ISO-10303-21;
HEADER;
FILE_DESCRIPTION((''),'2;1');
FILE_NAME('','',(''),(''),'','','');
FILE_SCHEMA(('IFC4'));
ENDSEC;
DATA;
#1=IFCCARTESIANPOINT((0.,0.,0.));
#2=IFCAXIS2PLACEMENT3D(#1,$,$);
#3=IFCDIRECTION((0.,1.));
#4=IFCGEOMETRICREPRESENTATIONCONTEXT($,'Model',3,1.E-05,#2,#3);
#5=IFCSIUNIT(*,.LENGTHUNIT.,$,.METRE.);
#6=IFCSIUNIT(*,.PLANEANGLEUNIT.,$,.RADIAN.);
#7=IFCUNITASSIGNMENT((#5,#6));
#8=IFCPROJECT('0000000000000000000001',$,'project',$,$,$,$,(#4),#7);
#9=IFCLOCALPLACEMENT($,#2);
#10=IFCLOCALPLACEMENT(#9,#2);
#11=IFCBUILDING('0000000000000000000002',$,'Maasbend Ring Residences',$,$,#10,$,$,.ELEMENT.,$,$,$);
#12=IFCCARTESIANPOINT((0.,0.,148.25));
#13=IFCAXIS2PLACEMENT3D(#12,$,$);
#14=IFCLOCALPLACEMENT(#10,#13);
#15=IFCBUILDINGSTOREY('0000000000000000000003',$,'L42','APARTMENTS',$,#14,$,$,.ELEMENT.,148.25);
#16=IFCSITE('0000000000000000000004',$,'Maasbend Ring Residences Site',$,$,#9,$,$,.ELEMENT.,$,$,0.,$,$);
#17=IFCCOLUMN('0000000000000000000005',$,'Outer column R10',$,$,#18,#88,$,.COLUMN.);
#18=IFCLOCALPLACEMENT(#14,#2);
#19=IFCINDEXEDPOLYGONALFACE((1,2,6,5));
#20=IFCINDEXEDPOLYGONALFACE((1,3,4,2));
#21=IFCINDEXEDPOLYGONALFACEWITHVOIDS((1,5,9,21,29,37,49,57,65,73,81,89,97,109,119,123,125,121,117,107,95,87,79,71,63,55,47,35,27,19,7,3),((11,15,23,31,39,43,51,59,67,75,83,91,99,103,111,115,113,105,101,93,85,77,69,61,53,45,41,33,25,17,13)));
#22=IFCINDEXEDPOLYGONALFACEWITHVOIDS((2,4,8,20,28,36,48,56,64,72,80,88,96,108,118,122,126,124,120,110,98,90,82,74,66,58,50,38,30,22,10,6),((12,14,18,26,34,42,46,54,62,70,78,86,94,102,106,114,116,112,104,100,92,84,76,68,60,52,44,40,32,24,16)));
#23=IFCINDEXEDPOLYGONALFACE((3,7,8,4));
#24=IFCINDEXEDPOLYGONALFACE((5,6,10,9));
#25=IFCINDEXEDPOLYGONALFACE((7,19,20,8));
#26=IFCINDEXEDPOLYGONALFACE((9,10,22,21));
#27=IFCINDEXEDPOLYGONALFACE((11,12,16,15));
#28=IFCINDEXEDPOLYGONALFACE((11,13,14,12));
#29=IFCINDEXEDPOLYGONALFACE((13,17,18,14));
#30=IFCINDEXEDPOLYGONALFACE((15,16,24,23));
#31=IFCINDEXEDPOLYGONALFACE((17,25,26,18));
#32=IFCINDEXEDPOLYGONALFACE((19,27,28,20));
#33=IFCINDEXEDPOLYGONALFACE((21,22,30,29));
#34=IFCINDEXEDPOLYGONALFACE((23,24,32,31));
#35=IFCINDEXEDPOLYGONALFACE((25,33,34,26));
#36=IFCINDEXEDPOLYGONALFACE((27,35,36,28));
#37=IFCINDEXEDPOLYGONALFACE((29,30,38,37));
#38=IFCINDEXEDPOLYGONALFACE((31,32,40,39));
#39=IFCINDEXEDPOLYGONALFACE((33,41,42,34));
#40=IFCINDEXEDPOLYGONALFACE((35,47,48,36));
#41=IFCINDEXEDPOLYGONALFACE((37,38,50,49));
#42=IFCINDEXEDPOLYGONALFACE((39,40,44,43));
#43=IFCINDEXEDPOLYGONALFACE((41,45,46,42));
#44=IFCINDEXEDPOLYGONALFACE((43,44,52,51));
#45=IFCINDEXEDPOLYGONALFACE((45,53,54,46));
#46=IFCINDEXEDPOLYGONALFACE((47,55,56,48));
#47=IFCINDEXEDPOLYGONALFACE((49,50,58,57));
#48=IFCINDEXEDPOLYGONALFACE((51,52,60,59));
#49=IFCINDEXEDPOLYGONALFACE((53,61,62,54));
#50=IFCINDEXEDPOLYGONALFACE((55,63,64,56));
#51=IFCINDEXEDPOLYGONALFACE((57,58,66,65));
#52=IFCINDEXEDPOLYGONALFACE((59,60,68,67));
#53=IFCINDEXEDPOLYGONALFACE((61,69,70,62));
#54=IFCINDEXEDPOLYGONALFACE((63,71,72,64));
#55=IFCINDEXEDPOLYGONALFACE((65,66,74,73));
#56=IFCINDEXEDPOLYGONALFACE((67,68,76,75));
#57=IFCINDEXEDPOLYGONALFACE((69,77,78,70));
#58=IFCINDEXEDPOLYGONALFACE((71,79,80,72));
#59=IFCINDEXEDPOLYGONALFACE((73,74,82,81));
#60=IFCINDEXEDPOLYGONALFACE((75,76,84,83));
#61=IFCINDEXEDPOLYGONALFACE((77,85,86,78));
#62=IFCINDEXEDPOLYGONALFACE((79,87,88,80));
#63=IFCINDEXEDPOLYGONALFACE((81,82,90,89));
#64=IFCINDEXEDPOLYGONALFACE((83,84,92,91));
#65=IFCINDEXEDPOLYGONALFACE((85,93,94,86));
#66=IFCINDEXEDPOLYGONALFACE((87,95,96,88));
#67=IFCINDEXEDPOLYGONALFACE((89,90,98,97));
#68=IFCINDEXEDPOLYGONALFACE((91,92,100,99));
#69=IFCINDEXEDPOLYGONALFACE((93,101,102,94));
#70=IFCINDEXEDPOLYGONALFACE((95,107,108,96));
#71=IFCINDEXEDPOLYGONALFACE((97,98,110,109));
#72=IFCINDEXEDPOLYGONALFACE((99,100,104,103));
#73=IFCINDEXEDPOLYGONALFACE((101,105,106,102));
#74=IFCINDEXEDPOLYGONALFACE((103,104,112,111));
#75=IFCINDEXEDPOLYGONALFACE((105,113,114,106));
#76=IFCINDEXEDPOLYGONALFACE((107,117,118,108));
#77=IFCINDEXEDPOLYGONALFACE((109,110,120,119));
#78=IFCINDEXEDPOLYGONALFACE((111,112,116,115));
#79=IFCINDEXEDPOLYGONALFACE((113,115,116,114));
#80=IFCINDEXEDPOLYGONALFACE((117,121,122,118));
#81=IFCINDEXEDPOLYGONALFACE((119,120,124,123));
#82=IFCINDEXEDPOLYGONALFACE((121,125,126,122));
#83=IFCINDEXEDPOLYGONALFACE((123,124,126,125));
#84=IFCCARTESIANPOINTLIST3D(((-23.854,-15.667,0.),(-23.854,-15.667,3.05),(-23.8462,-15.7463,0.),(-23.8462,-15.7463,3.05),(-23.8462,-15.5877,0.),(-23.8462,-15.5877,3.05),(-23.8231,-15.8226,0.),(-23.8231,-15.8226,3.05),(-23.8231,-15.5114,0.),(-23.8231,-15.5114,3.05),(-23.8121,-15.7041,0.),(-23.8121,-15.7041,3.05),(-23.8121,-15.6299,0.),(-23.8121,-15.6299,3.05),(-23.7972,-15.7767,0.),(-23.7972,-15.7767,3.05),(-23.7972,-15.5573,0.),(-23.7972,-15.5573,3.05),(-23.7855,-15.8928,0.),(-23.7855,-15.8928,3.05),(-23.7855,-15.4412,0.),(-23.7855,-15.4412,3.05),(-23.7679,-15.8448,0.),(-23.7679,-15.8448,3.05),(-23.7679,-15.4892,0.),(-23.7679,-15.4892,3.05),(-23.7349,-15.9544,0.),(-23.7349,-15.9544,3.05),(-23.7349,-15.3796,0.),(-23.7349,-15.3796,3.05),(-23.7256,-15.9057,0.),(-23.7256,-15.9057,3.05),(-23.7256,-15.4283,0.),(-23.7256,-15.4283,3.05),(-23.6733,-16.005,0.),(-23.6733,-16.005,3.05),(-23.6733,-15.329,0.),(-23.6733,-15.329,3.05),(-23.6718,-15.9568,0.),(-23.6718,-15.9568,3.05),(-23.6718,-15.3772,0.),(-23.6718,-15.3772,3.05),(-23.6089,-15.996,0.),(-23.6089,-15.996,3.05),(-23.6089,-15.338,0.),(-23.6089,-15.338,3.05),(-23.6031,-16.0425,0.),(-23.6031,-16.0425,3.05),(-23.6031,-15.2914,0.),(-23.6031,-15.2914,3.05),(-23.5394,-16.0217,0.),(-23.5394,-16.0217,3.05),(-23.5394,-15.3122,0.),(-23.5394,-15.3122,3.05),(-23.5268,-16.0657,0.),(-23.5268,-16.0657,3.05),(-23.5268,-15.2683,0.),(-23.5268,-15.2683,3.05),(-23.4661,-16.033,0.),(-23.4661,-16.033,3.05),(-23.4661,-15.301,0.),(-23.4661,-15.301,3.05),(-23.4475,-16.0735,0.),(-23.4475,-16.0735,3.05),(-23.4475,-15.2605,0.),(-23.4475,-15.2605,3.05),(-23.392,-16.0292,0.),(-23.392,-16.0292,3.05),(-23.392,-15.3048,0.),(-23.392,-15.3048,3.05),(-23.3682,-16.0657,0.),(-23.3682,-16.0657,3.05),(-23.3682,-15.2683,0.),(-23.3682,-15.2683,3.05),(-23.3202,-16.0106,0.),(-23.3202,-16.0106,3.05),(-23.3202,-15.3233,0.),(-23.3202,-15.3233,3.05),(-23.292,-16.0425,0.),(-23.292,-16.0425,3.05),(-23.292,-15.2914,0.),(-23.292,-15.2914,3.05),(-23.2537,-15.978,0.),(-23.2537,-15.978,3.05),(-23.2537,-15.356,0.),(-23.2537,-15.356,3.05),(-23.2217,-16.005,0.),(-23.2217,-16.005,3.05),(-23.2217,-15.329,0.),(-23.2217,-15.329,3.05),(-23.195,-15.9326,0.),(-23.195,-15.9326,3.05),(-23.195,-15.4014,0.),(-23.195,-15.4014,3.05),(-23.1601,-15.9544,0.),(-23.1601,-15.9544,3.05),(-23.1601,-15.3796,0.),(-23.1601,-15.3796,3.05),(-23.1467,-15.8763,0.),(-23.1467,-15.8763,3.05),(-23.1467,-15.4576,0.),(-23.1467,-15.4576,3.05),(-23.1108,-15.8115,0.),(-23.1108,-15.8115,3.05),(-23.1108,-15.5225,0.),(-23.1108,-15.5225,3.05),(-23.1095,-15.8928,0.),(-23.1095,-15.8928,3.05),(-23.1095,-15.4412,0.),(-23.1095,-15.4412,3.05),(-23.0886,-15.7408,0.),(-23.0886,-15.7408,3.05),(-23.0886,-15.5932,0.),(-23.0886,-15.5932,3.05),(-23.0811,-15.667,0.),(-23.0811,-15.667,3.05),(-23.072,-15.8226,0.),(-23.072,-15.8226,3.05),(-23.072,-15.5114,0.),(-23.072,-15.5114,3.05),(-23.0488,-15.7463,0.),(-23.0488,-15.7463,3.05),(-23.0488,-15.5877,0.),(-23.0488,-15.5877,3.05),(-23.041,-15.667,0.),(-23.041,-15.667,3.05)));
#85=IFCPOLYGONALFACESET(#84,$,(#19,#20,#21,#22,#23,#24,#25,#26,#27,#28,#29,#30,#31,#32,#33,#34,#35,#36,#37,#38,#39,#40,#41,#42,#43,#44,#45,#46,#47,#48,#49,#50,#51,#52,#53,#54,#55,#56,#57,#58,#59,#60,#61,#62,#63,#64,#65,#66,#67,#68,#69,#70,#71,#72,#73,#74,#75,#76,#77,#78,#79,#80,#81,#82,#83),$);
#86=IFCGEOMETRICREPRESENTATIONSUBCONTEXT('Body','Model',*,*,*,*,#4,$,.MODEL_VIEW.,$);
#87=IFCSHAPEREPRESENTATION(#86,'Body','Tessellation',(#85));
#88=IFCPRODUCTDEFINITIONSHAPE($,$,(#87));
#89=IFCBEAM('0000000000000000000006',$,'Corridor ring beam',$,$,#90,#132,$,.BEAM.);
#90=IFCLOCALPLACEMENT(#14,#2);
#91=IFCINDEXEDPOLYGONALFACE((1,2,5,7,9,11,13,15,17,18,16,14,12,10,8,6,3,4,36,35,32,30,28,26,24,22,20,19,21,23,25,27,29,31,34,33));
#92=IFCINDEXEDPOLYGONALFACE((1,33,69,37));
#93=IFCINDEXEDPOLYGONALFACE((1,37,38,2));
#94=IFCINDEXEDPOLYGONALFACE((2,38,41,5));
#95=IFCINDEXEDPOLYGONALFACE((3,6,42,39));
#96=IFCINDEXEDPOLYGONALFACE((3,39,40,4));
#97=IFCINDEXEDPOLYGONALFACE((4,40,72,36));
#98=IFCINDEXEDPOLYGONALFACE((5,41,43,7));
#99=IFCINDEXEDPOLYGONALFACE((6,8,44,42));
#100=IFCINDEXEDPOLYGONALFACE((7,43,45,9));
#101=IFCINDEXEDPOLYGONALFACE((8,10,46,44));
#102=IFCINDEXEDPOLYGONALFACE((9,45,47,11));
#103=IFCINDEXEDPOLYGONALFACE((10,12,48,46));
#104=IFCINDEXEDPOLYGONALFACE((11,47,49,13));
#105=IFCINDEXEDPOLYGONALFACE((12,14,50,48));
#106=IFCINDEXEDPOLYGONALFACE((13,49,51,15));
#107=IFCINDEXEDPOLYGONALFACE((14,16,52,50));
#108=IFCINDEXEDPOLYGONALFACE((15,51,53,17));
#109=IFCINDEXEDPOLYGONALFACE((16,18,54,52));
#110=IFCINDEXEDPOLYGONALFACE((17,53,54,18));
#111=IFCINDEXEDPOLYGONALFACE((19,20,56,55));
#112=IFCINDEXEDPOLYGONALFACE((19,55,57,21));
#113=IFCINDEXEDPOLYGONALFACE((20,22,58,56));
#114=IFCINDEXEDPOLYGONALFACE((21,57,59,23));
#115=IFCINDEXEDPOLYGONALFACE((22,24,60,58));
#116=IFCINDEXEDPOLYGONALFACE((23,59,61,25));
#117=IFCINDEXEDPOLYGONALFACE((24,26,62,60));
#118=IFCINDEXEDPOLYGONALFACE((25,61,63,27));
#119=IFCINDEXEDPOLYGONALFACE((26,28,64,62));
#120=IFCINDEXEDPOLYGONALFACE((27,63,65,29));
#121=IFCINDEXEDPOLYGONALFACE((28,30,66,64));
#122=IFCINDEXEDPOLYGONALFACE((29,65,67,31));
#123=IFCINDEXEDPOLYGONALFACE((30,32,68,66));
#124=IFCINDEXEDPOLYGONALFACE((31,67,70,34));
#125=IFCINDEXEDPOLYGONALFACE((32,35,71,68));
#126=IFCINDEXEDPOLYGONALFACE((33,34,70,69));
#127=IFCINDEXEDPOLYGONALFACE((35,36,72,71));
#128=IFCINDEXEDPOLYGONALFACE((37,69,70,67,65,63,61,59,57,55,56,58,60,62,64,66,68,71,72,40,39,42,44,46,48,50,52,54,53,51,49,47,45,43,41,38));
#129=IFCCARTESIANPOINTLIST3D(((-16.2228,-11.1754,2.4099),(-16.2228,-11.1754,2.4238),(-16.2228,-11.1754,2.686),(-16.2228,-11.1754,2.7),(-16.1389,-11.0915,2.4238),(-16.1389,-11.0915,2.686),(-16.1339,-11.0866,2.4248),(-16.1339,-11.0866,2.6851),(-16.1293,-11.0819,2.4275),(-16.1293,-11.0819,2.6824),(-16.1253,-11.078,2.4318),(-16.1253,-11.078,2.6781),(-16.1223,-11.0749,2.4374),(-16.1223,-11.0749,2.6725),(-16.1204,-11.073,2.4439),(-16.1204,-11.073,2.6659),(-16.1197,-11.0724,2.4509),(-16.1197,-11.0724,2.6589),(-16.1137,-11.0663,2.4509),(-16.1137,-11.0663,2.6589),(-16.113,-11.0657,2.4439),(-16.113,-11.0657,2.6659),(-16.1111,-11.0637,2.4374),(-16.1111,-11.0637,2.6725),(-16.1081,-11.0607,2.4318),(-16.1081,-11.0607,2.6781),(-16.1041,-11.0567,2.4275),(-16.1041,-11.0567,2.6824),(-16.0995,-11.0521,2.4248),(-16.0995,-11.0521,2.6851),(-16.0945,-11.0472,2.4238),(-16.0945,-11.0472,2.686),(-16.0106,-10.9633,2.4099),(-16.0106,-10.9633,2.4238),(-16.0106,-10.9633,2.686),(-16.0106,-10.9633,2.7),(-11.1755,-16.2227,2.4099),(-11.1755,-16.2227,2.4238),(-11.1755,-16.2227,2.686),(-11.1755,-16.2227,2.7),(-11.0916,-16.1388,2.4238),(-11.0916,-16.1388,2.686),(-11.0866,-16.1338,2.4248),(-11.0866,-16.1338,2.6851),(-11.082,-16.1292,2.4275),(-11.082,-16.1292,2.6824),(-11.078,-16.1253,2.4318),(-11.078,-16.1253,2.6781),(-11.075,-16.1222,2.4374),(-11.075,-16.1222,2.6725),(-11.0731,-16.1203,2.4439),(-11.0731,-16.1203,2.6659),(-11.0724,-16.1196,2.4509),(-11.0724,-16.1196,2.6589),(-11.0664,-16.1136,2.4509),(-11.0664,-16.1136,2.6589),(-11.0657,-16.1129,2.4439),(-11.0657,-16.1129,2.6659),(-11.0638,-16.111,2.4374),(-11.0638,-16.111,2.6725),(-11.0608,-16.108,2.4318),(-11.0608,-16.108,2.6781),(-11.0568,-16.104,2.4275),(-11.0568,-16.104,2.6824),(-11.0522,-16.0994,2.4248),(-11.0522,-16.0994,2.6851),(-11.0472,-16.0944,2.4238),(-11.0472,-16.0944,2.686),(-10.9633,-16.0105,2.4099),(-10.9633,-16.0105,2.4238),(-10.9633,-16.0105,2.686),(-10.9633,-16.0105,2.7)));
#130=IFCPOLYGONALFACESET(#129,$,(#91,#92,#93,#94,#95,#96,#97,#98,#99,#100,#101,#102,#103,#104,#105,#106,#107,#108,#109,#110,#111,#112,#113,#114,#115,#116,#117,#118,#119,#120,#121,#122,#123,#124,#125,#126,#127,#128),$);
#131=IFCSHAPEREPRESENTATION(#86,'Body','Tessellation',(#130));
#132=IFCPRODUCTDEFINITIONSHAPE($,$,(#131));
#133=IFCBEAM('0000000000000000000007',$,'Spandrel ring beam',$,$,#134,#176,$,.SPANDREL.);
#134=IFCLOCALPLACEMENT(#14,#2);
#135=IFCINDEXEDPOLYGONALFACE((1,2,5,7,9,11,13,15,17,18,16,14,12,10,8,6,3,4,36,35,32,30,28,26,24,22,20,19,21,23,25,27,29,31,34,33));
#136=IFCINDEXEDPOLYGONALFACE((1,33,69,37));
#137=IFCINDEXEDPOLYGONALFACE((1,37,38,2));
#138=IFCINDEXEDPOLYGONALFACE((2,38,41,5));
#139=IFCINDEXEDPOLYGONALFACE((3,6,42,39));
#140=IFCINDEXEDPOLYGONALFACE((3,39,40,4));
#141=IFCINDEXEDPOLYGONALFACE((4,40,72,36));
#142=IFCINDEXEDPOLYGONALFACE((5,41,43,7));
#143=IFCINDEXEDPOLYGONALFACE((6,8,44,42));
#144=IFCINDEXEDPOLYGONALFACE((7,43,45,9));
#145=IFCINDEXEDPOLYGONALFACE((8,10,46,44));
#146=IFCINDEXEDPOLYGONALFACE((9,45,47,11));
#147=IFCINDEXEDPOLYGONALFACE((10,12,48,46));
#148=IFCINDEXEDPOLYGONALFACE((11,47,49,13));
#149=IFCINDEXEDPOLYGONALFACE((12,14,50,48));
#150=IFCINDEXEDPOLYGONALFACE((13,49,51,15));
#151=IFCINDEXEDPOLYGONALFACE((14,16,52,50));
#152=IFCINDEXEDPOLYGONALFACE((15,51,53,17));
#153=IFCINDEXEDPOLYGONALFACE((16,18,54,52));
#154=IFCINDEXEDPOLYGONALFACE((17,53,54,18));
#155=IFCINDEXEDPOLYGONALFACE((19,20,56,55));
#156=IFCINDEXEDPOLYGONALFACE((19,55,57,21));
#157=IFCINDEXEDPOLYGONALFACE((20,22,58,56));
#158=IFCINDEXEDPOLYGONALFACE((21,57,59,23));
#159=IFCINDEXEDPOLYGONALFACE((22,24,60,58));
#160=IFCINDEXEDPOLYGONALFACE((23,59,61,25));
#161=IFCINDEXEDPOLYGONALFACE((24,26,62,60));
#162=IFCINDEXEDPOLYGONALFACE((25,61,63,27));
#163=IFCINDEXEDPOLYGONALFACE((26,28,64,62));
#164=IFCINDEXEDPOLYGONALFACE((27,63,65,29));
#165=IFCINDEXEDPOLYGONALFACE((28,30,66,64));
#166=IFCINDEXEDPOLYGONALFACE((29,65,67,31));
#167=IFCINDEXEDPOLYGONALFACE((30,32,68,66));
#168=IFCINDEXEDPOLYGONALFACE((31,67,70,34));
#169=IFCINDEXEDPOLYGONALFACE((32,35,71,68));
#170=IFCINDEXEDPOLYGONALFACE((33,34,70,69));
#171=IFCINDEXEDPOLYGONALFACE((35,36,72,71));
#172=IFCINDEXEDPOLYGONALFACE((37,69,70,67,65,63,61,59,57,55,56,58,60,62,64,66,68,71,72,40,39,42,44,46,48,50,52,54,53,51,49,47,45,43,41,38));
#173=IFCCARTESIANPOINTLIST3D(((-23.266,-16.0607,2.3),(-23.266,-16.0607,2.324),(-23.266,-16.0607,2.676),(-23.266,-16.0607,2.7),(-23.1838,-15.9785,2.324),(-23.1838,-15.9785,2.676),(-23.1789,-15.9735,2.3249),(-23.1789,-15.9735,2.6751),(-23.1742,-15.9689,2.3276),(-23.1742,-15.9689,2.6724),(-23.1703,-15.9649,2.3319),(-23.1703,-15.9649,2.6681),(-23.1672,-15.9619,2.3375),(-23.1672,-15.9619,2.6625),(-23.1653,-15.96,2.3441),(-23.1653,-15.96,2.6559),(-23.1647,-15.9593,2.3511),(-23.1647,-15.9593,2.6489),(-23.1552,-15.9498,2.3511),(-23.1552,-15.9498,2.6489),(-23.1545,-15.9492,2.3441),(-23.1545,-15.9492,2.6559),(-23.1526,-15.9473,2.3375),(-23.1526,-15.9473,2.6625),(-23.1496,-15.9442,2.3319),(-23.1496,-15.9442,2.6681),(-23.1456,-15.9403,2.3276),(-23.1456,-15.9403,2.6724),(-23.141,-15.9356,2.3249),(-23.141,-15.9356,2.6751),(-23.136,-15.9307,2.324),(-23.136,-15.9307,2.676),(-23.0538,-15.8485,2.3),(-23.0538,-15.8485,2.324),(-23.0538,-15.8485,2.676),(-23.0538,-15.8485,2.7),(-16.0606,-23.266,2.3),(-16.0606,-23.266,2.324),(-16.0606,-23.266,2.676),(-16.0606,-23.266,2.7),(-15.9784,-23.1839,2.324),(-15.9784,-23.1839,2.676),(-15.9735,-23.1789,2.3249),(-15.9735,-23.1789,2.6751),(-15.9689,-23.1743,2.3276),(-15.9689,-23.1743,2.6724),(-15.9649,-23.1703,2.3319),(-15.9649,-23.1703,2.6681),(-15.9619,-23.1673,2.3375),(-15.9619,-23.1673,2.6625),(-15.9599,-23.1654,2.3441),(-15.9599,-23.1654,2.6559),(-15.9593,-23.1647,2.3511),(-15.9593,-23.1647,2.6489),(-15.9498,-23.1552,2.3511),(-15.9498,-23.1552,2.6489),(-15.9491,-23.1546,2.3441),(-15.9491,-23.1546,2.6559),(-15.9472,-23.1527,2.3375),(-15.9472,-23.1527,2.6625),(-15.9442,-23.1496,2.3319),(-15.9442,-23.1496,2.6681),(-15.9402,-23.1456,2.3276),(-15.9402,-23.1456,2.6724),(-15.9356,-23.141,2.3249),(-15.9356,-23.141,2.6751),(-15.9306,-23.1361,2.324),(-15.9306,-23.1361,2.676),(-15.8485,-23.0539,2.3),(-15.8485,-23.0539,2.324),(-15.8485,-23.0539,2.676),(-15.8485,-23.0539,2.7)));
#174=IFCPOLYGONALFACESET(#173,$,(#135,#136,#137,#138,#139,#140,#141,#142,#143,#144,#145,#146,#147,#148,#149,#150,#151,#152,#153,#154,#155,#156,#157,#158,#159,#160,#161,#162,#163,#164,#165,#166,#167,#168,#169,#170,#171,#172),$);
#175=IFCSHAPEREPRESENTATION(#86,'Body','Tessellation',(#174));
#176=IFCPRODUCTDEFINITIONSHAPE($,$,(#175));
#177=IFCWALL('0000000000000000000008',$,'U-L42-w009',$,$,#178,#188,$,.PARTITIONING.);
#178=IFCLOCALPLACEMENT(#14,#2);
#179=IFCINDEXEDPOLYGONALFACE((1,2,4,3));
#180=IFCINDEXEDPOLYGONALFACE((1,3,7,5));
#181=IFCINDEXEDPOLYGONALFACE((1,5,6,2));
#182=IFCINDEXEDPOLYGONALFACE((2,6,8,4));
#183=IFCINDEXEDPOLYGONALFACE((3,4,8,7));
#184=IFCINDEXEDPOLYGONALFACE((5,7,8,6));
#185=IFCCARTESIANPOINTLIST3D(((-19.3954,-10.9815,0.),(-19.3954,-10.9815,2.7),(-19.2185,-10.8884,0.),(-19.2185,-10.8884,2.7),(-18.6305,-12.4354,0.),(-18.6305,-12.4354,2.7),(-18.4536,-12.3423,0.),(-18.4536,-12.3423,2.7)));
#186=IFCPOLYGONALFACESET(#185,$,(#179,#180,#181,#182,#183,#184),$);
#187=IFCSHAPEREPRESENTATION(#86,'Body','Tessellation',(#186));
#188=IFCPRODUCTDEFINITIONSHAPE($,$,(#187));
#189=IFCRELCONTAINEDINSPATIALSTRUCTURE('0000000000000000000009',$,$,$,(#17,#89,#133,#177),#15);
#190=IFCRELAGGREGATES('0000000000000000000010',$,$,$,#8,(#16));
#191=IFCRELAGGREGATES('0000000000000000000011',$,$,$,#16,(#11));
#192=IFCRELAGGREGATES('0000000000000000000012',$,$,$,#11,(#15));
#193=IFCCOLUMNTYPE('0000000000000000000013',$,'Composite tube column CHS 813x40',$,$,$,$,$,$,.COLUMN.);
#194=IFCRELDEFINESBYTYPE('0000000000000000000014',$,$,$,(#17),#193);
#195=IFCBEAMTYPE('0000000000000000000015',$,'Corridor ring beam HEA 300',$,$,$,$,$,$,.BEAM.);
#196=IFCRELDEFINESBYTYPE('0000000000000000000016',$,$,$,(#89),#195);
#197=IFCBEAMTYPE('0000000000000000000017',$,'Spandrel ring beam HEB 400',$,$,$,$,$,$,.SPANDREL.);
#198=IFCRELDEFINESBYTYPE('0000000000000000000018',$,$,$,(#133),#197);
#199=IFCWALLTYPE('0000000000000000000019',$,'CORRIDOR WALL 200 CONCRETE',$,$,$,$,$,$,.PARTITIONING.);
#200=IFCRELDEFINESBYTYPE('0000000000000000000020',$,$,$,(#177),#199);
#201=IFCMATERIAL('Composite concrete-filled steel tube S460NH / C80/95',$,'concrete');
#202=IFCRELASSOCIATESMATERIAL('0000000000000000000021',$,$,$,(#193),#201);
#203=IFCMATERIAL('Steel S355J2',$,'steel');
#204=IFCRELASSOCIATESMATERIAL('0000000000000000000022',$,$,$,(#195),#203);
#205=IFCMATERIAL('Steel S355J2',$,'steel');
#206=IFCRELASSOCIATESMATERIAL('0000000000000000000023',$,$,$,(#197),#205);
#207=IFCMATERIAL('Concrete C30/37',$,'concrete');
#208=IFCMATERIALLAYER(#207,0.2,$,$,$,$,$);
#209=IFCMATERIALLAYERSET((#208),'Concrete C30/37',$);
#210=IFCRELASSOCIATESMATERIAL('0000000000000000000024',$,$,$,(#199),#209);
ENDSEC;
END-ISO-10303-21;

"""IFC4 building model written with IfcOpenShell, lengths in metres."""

from ifc_helpers import new_model, si_unit, direction, frame, frame_2d, origin, origin_2d, place, context, subcontext, project, spatial, rectangle, hollow_circle, i_section, extrude, material, layer, layer_set, material_profile, profile_set, type_object, element, save


model = new_model("IFC4")

# Units and contexts
model_context = context("Model", 3, precision=1e-05, world=origin(), true_north=direction((0.0, 1.0)))
body_context = subcontext(model_context, "Body", "Model", "MODEL_VIEW")
ifc_project = project(units=[si_unit("LENGTHUNIT", "METRE"), si_unit("PLANEANGLEUNIT", "RADIAN")], contexts=[model_context])

# Site, building, storey
site_placement = place(None, origin())
site = spatial("IfcSite", under=ifc_project, at=site_placement, Name="Maasbend Ring Residences Site", CompositionType="ELEMENT", RefElevation=0.0)
building_placement = place(site_placement, origin())
building = spatial("IfcBuilding", under=site, at=building_placement, Name="Maasbend Ring Residences", CompositionType="ELEMENT")
storey_placement = place(building_placement, frame((0.0, 0.0, 148.25)))
storey = spatial("IfcBuildingStorey", under=building, at=storey_placement, Name="L42", Description="APARTMENTS", CompositionType="ELEMENT", Elevation=148.25)

# Column
ifc_material_1 = material(Name="Composite concrete-filled steel tube S460NH / C80/95", Category="concrete")
ifc_material_profile_1 = material_profile(ifc_material_1, hollow_circle(Radius=0.4065, WallThickness=0.04, at=origin_2d()), Name="Composite tube column CHS 813x40")
ifc_profile_set_1 = profile_set([ifc_material_profile_1], Name="Composite concrete-filled steel tube S460NH / C80/95")
column_type = type_object("IfcColumnType", Name="Composite tube column CHS 813x40", PredefinedType="COLUMN", material=ifc_profile_set_1)
column_placement = place(storey_placement, frame((-23.4475, -15.667, 0.0), z_axis=(0.0, 0.0, 1.0), x_axis=(1.0, 0.0, 0.0)))
element("IfcColumn", 1, at=column_placement, inside=storey, type_object=column_type, Name="Outer column R10", PredefinedType="COLUMN", context=body_context, shape_type="SweptSolid", body=[
    extrude(hollow_circle(Radius=0.4065, WallThickness=0.04, at=origin_2d()), origin(), (0.0, 0.0, 1.0), 3.05),
])

# Beams
ifc_material_2 = material(Name="Steel S355J2", Category="steel")
ifc_material_profile_2 = material_profile(ifc_material_2, i_section(OverallWidth=0.3, OverallDepth=0.29, WebThickness=0.0085, FlangeThickness=0.0139, FilletRadius=0.0271, at=origin_2d()), Name="HEA 300")
ifc_profile_set_2 = profile_set([ifc_material_profile_2], Name="Steel S355J2")
beam_type_1 = type_object("IfcBeamType", Name="Corridor ring beam HEA 300", PredefinedType="BEAM", material=ifc_profile_set_2)
beam_1_placement = place(storey_placement, frame((-16.1167, -11.0693, 2.5549), z_axis=(0.707107, -0.707107, 0.0), x_axis=(0.707107, 0.707107, 0.0)))
element("IfcBeam", 2, at=beam_1_placement, inside=storey, type_object=beam_type_1, Name="Corridor ring beam", PredefinedType="BEAM", context=body_context, shape_type="SweptSolid", body=[
    extrude(i_section(OverallWidth=0.3, OverallDepth=0.29, WebThickness=0.0085, FlangeThickness=0.0139, FilletRadius=0.0271, at=origin_2d()), origin(), (0.0, 0.0, 1.0), 7.1379),
])
ifc_material_3 = material(Name="Steel S355J2", Category="steel")
ifc_material_profile_3 = material_profile(ifc_material_3, i_section(OverallWidth=0.3, OverallDepth=0.3999, WebThickness=0.0134, FlangeThickness=0.0239, FilletRadius=0.0271, at=origin_2d()), Name="HEB 400")
ifc_profile_set_3 = profile_set([ifc_material_profile_3], Name="Steel S355J2")
beam_type_2 = type_object("IfcBeamType", Name="Spandrel ring beam HEB 400", PredefinedType="SPANDREL", material=ifc_profile_set_3)
beam_2_placement = place(storey_placement, frame((-23.1599, -15.9546, 2.5), z_axis=(0.707107, -0.707107, 0.0), x_axis=(0.707107, 0.707107, 0.0)))
element("IfcBeam", 3, at=beam_2_placement, inside=storey, type_object=beam_type_2, Name="Spandrel ring beam", PredefinedType="SPANDREL", context=body_context, shape_type="SweptSolid", body=[
    extrude(i_section(OverallWidth=0.3, OverallDepth=0.3999, WebThickness=0.0134, FlangeThickness=0.0239, FilletRadius=0.0271, at=origin_2d()), origin(), (0.0, 0.0, 1.0), 10.1899),
])

# Wall
ifc_material_4 = material(Name="Concrete C30/37", Category="concrete")
ifc_layer_1 = layer(ifc_material_4, 0.2)
ifc_layer_set_1 = layer_set([ifc_layer_1], Name="Concrete C30/37")
wall_type_1 = type_object("IfcWallType", Name="CORRIDOR WALL 200 CONCRETE", PredefinedType="PARTITIONING", material=ifc_layer_set_1)
wall_1_placement = place(storey_placement, frame((-19.3069, -10.9351, 0.0), z_axis=(0.0, 0.0, 1.0), x_axis=(0.465606, -0.884992, 0.0)))
element("IfcWall", 4, at=wall_1_placement, inside=storey, type_object=wall_type_1, Name="U-L42-w009", PredefinedType="PARTITIONING", context=body_context, shape_type="SweptSolid", body=[
    extrude(rectangle(XDim=1.6428, YDim=0.2, at=frame_2d((0.8213, 0.0))), origin(), (0.0, 0.0, 1.0), 2.7),
])

save(model, "model.ifc")
